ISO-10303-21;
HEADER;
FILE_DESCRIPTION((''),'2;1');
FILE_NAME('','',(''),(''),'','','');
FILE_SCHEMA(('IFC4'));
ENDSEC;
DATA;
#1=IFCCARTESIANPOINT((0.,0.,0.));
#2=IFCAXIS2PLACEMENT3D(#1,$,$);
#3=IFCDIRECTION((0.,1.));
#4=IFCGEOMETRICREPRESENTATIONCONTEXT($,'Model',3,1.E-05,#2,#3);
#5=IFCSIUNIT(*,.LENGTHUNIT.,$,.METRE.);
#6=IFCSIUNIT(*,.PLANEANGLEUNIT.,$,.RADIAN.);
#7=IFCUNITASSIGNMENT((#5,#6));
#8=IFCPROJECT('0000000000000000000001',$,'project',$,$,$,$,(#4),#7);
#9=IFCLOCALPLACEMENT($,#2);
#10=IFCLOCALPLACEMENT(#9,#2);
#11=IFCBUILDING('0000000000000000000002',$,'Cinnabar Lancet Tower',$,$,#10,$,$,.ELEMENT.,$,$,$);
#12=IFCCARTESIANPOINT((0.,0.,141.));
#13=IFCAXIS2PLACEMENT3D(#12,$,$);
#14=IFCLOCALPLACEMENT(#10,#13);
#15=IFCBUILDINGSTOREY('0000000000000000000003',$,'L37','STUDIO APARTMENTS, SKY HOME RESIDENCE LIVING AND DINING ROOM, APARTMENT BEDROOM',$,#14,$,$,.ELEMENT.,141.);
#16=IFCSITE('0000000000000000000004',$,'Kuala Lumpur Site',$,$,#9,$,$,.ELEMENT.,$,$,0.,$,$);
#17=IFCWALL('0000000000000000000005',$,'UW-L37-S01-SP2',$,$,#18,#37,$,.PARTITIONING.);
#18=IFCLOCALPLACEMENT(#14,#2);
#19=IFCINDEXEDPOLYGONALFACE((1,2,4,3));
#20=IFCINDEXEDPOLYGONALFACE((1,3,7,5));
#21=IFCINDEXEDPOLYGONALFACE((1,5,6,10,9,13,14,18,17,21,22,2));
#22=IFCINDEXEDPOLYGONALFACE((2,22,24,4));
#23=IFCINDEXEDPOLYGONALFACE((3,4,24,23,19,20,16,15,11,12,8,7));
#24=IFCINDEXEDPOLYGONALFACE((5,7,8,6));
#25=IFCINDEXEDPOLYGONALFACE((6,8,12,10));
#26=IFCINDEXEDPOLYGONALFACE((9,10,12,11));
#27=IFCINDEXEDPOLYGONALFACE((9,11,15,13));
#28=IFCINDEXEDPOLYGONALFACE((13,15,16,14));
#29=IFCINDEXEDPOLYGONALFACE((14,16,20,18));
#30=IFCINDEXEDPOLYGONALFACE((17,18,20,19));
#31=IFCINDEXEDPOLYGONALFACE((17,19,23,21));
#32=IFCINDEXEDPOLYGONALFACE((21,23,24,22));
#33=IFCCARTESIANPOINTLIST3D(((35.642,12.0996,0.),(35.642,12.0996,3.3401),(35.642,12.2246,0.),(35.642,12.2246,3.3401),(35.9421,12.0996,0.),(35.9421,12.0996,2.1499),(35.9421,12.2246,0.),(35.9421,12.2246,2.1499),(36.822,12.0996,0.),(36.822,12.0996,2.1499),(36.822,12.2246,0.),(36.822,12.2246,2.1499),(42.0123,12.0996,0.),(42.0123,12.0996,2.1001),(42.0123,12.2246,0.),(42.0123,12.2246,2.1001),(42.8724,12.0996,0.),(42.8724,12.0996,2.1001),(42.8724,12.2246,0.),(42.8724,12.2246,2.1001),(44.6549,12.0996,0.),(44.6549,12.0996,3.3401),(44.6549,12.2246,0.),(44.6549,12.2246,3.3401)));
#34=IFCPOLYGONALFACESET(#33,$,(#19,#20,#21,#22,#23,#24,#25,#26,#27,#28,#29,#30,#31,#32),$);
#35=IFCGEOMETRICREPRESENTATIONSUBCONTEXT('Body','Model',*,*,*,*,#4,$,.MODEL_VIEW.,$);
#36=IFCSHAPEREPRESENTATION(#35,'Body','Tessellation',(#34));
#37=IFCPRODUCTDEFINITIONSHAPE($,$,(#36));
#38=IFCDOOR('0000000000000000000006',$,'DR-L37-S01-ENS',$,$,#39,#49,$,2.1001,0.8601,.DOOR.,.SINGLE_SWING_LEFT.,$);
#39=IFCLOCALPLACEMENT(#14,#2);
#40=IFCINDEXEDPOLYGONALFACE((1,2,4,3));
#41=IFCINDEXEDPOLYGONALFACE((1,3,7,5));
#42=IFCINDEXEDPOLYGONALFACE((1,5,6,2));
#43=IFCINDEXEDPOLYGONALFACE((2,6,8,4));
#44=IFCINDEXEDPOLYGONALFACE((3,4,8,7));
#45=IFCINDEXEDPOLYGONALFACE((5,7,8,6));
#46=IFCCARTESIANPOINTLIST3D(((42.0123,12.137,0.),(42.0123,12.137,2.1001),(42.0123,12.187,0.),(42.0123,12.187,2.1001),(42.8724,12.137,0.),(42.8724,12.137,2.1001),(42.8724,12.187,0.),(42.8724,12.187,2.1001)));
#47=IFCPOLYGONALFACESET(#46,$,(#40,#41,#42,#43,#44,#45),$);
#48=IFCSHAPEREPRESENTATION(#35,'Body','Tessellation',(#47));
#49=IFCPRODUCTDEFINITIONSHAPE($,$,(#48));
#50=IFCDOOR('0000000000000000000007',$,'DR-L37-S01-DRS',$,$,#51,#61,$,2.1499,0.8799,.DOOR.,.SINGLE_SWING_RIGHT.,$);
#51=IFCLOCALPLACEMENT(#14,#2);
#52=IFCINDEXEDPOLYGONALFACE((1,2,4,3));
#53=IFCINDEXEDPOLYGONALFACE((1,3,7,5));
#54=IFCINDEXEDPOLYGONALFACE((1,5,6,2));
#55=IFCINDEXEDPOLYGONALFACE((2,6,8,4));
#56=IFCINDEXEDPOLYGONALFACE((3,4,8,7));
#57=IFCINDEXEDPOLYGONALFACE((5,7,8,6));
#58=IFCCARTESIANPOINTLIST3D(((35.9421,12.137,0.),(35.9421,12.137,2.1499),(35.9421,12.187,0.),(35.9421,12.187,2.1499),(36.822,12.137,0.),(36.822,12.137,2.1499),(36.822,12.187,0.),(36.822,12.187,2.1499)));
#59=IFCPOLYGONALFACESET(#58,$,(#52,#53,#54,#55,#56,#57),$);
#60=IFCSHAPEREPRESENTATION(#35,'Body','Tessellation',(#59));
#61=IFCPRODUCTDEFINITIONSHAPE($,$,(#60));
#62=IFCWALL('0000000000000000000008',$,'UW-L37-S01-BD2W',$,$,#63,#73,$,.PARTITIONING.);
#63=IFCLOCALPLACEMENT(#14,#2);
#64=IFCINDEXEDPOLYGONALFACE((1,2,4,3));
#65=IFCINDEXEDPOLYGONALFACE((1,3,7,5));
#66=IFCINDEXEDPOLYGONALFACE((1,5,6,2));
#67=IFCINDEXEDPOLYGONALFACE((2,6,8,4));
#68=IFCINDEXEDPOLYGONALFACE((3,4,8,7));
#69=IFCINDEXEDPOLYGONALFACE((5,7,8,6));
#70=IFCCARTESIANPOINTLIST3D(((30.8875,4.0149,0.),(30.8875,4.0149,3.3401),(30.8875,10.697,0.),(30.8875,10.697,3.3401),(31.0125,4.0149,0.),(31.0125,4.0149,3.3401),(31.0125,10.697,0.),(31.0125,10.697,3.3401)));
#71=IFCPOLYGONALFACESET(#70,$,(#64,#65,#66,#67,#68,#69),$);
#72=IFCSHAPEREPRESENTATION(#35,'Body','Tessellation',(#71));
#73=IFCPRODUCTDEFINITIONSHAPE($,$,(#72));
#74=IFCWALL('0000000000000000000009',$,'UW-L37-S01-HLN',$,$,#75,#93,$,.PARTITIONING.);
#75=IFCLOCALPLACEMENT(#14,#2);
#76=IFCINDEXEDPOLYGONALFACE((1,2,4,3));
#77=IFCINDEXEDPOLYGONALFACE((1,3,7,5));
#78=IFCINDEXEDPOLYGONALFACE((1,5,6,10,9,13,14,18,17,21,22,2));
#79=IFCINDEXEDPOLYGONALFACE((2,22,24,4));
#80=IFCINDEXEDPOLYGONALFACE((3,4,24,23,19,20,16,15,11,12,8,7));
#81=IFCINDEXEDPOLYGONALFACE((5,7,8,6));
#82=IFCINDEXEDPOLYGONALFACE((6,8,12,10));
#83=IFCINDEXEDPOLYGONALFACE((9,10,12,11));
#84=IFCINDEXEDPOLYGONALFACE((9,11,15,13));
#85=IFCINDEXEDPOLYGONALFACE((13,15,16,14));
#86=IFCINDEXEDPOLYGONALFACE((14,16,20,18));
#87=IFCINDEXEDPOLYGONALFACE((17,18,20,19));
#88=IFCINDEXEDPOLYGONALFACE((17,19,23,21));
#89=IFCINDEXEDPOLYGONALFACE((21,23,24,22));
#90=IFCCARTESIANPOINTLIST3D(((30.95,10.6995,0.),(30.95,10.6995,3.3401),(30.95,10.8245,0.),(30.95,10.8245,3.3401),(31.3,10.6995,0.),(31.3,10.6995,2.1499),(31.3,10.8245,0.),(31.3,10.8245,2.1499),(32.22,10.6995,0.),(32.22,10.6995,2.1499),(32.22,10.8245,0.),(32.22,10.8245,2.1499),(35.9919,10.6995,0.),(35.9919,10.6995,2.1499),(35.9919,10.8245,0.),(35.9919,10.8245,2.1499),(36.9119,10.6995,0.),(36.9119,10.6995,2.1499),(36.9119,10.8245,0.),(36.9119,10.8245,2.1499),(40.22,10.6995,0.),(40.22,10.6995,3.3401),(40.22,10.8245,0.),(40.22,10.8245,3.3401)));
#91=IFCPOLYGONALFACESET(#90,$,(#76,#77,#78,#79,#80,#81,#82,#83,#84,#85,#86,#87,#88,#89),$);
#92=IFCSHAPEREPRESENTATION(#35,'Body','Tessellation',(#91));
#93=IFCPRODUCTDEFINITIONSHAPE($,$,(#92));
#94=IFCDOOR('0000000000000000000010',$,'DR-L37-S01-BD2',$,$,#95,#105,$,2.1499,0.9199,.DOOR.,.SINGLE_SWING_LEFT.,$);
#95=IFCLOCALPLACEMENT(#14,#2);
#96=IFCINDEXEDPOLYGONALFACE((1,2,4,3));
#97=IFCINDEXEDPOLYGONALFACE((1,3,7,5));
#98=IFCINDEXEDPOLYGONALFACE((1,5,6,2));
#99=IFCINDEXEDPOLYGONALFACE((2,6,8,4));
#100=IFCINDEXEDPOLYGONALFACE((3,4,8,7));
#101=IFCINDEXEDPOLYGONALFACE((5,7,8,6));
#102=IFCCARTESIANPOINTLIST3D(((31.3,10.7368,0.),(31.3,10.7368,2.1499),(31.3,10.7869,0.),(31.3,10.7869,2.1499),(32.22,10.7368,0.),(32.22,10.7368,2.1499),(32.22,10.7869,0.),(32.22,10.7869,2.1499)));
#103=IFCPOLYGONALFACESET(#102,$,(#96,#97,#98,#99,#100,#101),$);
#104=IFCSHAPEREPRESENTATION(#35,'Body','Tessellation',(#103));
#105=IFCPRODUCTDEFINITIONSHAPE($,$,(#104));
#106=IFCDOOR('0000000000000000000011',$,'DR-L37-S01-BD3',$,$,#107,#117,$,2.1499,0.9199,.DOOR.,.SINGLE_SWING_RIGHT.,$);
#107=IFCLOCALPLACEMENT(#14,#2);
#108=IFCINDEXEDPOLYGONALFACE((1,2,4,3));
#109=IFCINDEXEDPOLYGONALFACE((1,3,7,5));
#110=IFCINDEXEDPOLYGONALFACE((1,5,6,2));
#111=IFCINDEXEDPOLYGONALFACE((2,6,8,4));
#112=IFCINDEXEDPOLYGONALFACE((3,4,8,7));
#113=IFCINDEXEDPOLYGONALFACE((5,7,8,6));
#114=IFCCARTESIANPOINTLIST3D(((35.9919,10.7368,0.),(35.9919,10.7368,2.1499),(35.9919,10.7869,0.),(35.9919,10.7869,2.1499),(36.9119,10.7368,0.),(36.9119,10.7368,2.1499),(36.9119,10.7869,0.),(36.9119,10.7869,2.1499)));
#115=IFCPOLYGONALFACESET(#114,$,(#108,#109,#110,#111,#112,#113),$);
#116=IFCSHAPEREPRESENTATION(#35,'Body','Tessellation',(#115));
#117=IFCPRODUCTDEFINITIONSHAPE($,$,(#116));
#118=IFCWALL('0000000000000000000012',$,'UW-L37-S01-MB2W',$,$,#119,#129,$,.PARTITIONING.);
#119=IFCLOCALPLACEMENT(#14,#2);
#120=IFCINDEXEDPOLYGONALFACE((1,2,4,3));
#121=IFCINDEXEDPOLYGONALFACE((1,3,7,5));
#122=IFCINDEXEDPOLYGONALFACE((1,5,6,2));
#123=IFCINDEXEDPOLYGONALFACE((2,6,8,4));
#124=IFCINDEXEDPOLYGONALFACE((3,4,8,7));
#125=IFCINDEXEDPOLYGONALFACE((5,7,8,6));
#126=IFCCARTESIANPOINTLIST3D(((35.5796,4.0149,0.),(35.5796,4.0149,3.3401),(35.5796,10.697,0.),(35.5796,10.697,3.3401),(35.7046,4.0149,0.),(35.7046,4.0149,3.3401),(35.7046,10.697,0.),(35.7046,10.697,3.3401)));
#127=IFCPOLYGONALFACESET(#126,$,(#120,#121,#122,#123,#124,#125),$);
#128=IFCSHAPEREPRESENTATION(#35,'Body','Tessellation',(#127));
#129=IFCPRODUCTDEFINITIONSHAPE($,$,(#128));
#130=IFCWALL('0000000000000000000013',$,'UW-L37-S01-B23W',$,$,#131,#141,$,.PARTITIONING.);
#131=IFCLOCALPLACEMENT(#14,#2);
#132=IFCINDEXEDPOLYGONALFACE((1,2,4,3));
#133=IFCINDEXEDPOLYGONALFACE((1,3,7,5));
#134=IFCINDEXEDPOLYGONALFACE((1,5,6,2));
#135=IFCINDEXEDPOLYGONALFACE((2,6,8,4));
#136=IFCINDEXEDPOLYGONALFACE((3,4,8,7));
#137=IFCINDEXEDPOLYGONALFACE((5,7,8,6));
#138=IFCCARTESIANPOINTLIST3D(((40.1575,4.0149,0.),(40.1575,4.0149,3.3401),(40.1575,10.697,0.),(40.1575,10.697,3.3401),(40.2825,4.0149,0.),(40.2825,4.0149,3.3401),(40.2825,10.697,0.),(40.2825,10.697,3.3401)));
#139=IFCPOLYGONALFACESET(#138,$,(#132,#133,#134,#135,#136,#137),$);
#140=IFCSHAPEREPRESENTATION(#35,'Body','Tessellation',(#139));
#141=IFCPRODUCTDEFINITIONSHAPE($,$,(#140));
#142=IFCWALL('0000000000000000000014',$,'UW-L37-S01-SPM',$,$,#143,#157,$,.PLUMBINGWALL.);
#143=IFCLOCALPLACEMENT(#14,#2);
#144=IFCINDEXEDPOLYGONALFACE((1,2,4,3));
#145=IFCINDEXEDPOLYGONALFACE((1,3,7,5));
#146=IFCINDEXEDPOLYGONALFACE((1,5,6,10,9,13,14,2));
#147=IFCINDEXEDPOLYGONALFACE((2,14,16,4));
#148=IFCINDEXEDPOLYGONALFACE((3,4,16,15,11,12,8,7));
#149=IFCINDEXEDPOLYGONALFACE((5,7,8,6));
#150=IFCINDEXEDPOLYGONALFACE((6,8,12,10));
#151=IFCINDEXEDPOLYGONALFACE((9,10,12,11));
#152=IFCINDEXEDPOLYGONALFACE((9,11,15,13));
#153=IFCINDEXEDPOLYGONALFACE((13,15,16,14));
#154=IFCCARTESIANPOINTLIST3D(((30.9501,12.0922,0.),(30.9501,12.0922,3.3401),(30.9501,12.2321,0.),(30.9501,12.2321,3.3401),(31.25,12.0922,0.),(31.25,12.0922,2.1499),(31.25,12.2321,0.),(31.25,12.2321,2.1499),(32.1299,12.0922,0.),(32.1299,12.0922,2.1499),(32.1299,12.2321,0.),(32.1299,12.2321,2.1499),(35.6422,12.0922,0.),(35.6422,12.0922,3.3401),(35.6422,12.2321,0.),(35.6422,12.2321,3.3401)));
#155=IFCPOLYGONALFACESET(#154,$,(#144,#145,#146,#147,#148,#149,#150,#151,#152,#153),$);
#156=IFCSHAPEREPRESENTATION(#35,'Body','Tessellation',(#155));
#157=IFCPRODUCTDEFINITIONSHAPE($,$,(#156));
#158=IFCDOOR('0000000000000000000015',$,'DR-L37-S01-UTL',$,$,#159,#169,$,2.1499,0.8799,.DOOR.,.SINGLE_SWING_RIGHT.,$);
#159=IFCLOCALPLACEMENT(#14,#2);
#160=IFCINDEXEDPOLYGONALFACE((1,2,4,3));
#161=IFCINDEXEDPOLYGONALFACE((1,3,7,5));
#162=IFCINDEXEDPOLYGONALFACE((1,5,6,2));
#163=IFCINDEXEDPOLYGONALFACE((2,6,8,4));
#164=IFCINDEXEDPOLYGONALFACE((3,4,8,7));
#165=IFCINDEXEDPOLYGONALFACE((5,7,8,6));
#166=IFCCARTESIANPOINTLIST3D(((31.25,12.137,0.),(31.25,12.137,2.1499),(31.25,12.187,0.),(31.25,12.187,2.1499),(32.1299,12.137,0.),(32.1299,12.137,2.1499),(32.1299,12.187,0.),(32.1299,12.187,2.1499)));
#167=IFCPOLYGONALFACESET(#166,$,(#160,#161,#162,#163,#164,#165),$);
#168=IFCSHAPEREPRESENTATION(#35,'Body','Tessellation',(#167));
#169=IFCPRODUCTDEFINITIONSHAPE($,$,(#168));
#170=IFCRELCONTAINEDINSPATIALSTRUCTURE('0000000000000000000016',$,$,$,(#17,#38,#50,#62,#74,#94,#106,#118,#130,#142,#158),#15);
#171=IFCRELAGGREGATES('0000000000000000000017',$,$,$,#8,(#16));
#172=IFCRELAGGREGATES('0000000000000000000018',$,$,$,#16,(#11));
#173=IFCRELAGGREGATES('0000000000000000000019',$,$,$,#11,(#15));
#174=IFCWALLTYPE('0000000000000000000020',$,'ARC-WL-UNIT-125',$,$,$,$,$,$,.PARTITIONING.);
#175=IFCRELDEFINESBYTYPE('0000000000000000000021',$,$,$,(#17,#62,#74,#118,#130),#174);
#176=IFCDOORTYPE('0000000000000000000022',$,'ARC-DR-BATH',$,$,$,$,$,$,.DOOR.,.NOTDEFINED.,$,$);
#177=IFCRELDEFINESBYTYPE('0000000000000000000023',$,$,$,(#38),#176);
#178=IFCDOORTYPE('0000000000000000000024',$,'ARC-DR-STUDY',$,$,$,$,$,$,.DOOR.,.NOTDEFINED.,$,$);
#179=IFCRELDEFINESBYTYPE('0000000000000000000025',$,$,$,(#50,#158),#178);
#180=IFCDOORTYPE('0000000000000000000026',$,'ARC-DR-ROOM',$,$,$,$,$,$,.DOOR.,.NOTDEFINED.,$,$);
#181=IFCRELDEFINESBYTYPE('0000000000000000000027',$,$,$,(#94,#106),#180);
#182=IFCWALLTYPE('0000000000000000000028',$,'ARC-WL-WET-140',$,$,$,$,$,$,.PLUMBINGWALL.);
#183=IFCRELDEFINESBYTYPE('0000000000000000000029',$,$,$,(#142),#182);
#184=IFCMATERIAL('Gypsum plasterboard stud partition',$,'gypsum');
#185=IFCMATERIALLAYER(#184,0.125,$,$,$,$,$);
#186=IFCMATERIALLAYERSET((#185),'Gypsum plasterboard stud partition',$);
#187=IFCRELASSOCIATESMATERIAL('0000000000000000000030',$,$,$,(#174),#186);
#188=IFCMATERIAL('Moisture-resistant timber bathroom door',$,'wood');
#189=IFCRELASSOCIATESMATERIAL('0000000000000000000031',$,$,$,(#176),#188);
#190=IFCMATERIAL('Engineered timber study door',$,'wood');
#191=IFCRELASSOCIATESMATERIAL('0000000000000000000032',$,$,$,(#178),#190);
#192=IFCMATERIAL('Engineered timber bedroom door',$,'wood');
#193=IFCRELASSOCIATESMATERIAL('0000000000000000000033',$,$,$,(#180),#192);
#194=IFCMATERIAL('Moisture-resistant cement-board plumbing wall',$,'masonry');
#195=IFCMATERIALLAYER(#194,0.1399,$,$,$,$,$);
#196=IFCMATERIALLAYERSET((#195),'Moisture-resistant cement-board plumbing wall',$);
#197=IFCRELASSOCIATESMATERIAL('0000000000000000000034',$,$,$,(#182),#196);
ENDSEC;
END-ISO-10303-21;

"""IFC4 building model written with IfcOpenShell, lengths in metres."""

from ifc_helpers import new_model, si_unit, direction, frame, frame_2d, origin, place, context, subcontext, project, spatial, rectangle, extrude, material, layer, layer_set, type_object, element, fill, save


model = new_model("IFC4")

# Units and contexts
model_context = context("Model", 3, precision=1e-05, world=origin(), true_north=direction((0.0, 1.0)))
body_context = subcontext(model_context, "Body", "Model", "MODEL_VIEW")
ifc_project = project(units=[si_unit("LENGTHUNIT", "METRE"), si_unit("PLANEANGLEUNIT", "RADIAN")], contexts=[model_context])

# Site, building, storey
site_placement = place(None, origin())
site = spatial("IfcSite", under=ifc_project, at=site_placement, Name="Kuala Lumpur Site", CompositionType="ELEMENT", RefElevation=0.0)
building_placement = place(site_placement, origin())
building = spatial("IfcBuilding", under=site, at=building_placement, Name="Cinnabar Lancet Tower", CompositionType="ELEMENT")
storey_placement = place(building_placement, frame((0.0, 0.0, 141.0)))
storey = spatial("IfcBuildingStorey", under=building, at=storey_placement, Name="L37", Description="STUDIO APARTMENTS, SKY HOME RESIDENCE LIVING AND DINING ROOM, APARTMENT BEDROOM", CompositionType="ELEMENT", Elevation=141.0)

# Wall, openings, doors
ifc_material_1 = material(Name="Gypsum plasterboard stud partition", Category="gypsum")
ifc_layer_1 = layer(ifc_material_1, 0.125)
ifc_layer_set_1 = layer_set([ifc_layer_1], Name="Gypsum plasterboard stud partition")
wall_type_1 = type_object("IfcWallType", Name="ARC-WL-UNIT-125", PredefinedType="PARTITIONING", material=ifc_layer_set_1)
wall_1_placement = place(storey_placement, frame((35.6421, 12.1621, 0.0), z_axis=(0.0, 0.0, 1.0), x_axis=(1.0, 0.0, 0.0)))
wall_1 = element("IfcWall", 1, at=wall_1_placement, inside=storey, type_object=wall_type_1, Name="UW-L37-S01-SP2", PredefinedType="PARTITIONING", context=body_context, shape_type="SweptSolid", body=[
    extrude(rectangle(XDim=9.0129, YDim=0.125, at=frame_2d((4.5063, 0.0))), origin(), (0.0, 0.0, 1.0), 3.3401),
])
opening_1_placement = place(wall_1_placement, frame((6.3701, 0.0, 0.0)))
opening_1 = element("IfcOpeningElement", 2, at=opening_1_placement, cuts=wall_1, PredefinedType="OPENING", context=body_context, shape_type="SweptSolid", body=[
    extrude(rectangle(XDim=0.8601, YDim=2.1001, at=frame_2d((0.4302, 1.05))), frame((0.0, 0.0725, 0.0), z_axis=(0.0, -1.0, 0.0), x_axis=(1.0, 0.0, 0.0)), (0.0, 0.0, 1.0), 0.145),
])
opening_2_placement = place(wall_1_placement, frame((0.3, 0.0, 0.0)))
opening_2 = element("IfcOpeningElement", 3, at=opening_2_placement, cuts=wall_1, PredefinedType="OPENING", context=body_context, shape_type="SweptSolid", body=[
    extrude(rectangle(XDim=0.8799, YDim=2.1499, at=frame_2d((0.4399, 1.075))), frame((0.0, 0.0725, 0.0), z_axis=(0.0, -1.0, 0.0), x_axis=(1.0, 0.0, 0.0)), (0.0, 0.0, 1.0), 0.145),
])
ifc_material_2 = material(Name="Moisture-resistant timber bathroom door", Category="wood")
door_type_1 = type_object("IfcDoorType", Name="ARC-DR-BATH", OperationType="NOTDEFINED", PredefinedType="DOOR", material=ifc_material_2)
door_1_placement = place(opening_1_placement, origin())
door_1 = element("IfcDoor", 4, at=door_1_placement, inside=storey, type_object=door_type_1, Name="DR-L37-S01-ENS", OperationType="SINGLE_SWING_LEFT", OverallHeight=2.1001, OverallWidth=0.8601, PredefinedType="DOOR", context=body_context, shape_type="SweptSolid", body=[
    extrude(rectangle(XDim=0.8601, YDim=2.1001, at=frame_2d((0.4302, 1.05))), frame((0.0, 0.0249, 0.0), z_axis=(0.0, -1.0, 0.0), x_axis=(1.0, 0.0, 0.0)), (0.0, 0.0, 1.0), 0.05),
])
fill(opening_1, door_1)
ifc_material_3 = material(Name="Engineered timber study door", Category="wood")
door_type_2 = type_object("IfcDoorType", Name="ARC-DR-STUDY", OperationType="NOTDEFINED", PredefinedType="DOOR", material=ifc_material_3)
door_2_placement = place(opening_2_placement, origin())
door_2 = element("IfcDoor", 5, at=door_2_placement, inside=storey, type_object=door_type_2, Name="DR-L37-S01-DRS", OperationType="SINGLE_SWING_RIGHT", OverallHeight=2.1499, OverallWidth=0.8799, PredefinedType="DOOR", context=body_context, shape_type="SweptSolid", body=[
    extrude(rectangle(XDim=0.8799, YDim=2.1499, at=frame_2d((0.4399, 1.075))), frame((0.0, 0.0249, 0.0), z_axis=(0.0, -1.0, 0.0), x_axis=(1.0, 0.0, 0.0)), (0.0, 0.0, 1.0), 0.05),
])
fill(opening_2, door_2)

# Wall
wall_2_placement = place(storey_placement, frame((30.95, 4.0149, 0.0), z_axis=(0.0, 0.0, 1.0), x_axis=(0.0, 1.0, 0.0)))
element("IfcWall", 6, at=wall_2_placement, inside=storey, type_object=wall_type_1, Name="UW-L37-S01-BD2W", PredefinedType="PARTITIONING", context=body_context, shape_type="SweptSolid", body=[
    extrude(rectangle(XDim=6.6821, YDim=0.125, at=frame_2d((3.3411, 0.0))), origin(), (0.0, 0.0, 1.0), 3.3401),
])

# Wall, openings, doors
wall_3_placement = place(storey_placement, frame((30.95, 10.762, 0.0), z_axis=(0.0, 0.0, 1.0), x_axis=(1.0, 0.0, 0.0)))
wall_3 = element("IfcWall", 7, at=wall_3_placement, inside=storey, type_object=wall_type_1, Name="UW-L37-S01-HLN", PredefinedType="PARTITIONING", context=body_context, shape_type="SweptSolid", body=[
    extrude(rectangle(XDim=9.27, YDim=0.125, at=frame_2d((4.635, 0.0))), origin(), (0.0, 0.0, 1.0), 3.3401),
])
opening_3_placement = place(wall_3_placement, frame((0.3501, 0.0, 0.0)))
opening_3 = element("IfcOpeningElement", 8, at=opening_3_placement, cuts=wall_3, PredefinedType="OPENING", context=body_context, shape_type="SweptSolid", body=[
    extrude(rectangle(XDim=0.9199, YDim=2.1499, at=frame_2d((0.46, 1.075))), frame((0.0, 0.0725, 0.0), z_axis=(0.0, -1.0, 0.0), x_axis=(1.0, 0.0, 0.0)), (0.0, 0.0, 1.0), 0.145),
])
opening_4_placement = place(wall_3_placement, frame((5.042, 0.0, 0.0)))
opening_4 = element("IfcOpeningElement", 9, at=opening_4_placement, cuts=wall_3, PredefinedType="OPENING", context=body_context, shape_type="SweptSolid", body=[
    extrude(rectangle(XDim=0.9199, YDim=2.1499, at=frame_2d((0.46, 1.075))), frame((0.0, 0.0725, 0.0), z_axis=(0.0, -1.0, 0.0), x_axis=(1.0, 0.0, 0.0)), (0.0, 0.0, 1.0), 0.145),
])
ifc_material_4 = material(Name="Engineered timber bedroom door", Category="wood")
door_type_3 = type_object("IfcDoorType", Name="ARC-DR-ROOM", OperationType="NOTDEFINED", PredefinedType="DOOR", material=ifc_material_4)
door_3_placement = place(opening_3_placement, origin())
door_3 = element("IfcDoor", 10, at=door_3_placement, inside=storey, type_object=door_type_3, Name="DR-L37-S01-BD2", OperationType="SINGLE_SWING_LEFT", OverallHeight=2.1499, OverallWidth=0.9199, PredefinedType="DOOR", context=body_context, shape_type="SweptSolid", body=[
    extrude(rectangle(XDim=0.9199, YDim=2.1499, at=frame_2d((0.46, 1.075))), frame((0.0, 0.0249, 0.0), z_axis=(0.0, -1.0, 0.0), x_axis=(1.0, 0.0, 0.0)), (0.0, 0.0, 1.0), 0.05),
])
fill(opening_3, door_3)
door_4_placement = place(opening_4_placement, origin())
door_4 = element("IfcDoor", 11, at=door_4_placement, inside=storey, type_object=door_type_3, Name="DR-L37-S01-BD3", OperationType="SINGLE_SWING_RIGHT", OverallHeight=2.1499, OverallWidth=0.9199, PredefinedType="DOOR", context=body_context, shape_type="SweptSolid", body=[
    extrude(rectangle(XDim=0.9199, YDim=2.1499, at=frame_2d((0.46, 1.075))), frame((0.0, 0.0249, 0.0), z_axis=(0.0, -1.0, 0.0), x_axis=(1.0, 0.0, 0.0)), (0.0, 0.0, 1.0), 0.05),
])
fill(opening_4, door_4)

# Walls
for number, where, z_axis, x_axis, name in (
    (12, (35.6421, 4.0149, 0.0), (0.0, 0.0, 1.0), (0.0, 1.0, 0.0), "UW-L37-S01-MB2W"),
    (13, (40.22, 4.0149, 0.0), (0.0, 0.0, 1.0), (0.0, 1.0, 0.0), "UW-L37-S01-B23W"),
):
    element("IfcWall", number, at=place(storey_placement, frame(where, z_axis=z_axis, x_axis=x_axis)), inside=storey, type_object=wall_type_1, Name=name, PredefinedType="PARTITIONING", context=body_context, shape_type="SweptSolid", body=[
        extrude(rectangle(XDim=6.6821, YDim=0.125, at=frame_2d((3.3411, 0.0))), origin(), (0.0, 0.0, 1.0), 3.3401),
    ])

# Wall, opening, door
ifc_material_5 = material(Name="Moisture-resistant cement-board plumbing wall", Category="masonry")
ifc_layer_2 = layer(ifc_material_5, 0.1399)
ifc_layer_set_2 = layer_set([ifc_layer_2], Name="Moisture-resistant cement-board plumbing wall")
wall_type_2 = type_object("IfcWallType", Name="ARC-WL-WET-140", PredefinedType="PLUMBINGWALL", material=ifc_layer_set_2)
wall_4_placement = place(storey_placement, frame((30.95, 12.1621, 0.0), z_axis=(0.0, 0.0, 1.0), x_axis=(1.0, 0.0, 0.0)))
wall_4 = element("IfcWall", 14, at=wall_4_placement, inside=storey, type_object=wall_type_2, Name="UW-L37-S01-SPM", PredefinedType="PLUMBINGWALL", context=body_context, shape_type="SweptSolid", body=[
    extrude(rectangle(XDim=4.6921, YDim=0.1399, at=frame_2d((2.3462, 0.0))), origin(), (0.0, 0.0, 1.0), 3.3401),
])
opening_5_placement = place(wall_4_placement, frame((0.3, 0.0, 0.0)))
opening_5 = element("IfcOpeningElement", 15, at=opening_5_placement, cuts=wall_4, PredefinedType="OPENING", context=body_context, shape_type="SweptSolid", body=[
    extrude(rectangle(XDim=0.8799, YDim=2.1499, at=frame_2d((0.4399, 1.075))), frame((0.0, 0.0798, 0.0), z_axis=(0.0, -1.0, 0.0), x_axis=(1.0, 0.0, 0.0)), (0.0, 0.0, 1.0), 0.1599),
])
door_5_placement = place(opening_5_placement, origin())
door_5 = element("IfcDoor", 16, at=door_5_placement, inside=storey, type_object=door_type_2, Name="DR-L37-S01-UTL", OperationType="SINGLE_SWING_RIGHT", OverallHeight=2.1499, OverallWidth=0.8799, PredefinedType="DOOR", context=body_context, shape_type="SweptSolid", body=[
    extrude(rectangle(XDim=0.8799, YDim=2.1499, at=frame_2d((0.4399, 1.075))), frame((0.0, 0.0249, 0.0), z_axis=(0.0, -1.0, 0.0), x_axis=(1.0, 0.0, 0.0)), (0.0, 0.0, 1.0), 0.05),
])
fill(opening_5, door_5)

save(model, "model.ifc")
